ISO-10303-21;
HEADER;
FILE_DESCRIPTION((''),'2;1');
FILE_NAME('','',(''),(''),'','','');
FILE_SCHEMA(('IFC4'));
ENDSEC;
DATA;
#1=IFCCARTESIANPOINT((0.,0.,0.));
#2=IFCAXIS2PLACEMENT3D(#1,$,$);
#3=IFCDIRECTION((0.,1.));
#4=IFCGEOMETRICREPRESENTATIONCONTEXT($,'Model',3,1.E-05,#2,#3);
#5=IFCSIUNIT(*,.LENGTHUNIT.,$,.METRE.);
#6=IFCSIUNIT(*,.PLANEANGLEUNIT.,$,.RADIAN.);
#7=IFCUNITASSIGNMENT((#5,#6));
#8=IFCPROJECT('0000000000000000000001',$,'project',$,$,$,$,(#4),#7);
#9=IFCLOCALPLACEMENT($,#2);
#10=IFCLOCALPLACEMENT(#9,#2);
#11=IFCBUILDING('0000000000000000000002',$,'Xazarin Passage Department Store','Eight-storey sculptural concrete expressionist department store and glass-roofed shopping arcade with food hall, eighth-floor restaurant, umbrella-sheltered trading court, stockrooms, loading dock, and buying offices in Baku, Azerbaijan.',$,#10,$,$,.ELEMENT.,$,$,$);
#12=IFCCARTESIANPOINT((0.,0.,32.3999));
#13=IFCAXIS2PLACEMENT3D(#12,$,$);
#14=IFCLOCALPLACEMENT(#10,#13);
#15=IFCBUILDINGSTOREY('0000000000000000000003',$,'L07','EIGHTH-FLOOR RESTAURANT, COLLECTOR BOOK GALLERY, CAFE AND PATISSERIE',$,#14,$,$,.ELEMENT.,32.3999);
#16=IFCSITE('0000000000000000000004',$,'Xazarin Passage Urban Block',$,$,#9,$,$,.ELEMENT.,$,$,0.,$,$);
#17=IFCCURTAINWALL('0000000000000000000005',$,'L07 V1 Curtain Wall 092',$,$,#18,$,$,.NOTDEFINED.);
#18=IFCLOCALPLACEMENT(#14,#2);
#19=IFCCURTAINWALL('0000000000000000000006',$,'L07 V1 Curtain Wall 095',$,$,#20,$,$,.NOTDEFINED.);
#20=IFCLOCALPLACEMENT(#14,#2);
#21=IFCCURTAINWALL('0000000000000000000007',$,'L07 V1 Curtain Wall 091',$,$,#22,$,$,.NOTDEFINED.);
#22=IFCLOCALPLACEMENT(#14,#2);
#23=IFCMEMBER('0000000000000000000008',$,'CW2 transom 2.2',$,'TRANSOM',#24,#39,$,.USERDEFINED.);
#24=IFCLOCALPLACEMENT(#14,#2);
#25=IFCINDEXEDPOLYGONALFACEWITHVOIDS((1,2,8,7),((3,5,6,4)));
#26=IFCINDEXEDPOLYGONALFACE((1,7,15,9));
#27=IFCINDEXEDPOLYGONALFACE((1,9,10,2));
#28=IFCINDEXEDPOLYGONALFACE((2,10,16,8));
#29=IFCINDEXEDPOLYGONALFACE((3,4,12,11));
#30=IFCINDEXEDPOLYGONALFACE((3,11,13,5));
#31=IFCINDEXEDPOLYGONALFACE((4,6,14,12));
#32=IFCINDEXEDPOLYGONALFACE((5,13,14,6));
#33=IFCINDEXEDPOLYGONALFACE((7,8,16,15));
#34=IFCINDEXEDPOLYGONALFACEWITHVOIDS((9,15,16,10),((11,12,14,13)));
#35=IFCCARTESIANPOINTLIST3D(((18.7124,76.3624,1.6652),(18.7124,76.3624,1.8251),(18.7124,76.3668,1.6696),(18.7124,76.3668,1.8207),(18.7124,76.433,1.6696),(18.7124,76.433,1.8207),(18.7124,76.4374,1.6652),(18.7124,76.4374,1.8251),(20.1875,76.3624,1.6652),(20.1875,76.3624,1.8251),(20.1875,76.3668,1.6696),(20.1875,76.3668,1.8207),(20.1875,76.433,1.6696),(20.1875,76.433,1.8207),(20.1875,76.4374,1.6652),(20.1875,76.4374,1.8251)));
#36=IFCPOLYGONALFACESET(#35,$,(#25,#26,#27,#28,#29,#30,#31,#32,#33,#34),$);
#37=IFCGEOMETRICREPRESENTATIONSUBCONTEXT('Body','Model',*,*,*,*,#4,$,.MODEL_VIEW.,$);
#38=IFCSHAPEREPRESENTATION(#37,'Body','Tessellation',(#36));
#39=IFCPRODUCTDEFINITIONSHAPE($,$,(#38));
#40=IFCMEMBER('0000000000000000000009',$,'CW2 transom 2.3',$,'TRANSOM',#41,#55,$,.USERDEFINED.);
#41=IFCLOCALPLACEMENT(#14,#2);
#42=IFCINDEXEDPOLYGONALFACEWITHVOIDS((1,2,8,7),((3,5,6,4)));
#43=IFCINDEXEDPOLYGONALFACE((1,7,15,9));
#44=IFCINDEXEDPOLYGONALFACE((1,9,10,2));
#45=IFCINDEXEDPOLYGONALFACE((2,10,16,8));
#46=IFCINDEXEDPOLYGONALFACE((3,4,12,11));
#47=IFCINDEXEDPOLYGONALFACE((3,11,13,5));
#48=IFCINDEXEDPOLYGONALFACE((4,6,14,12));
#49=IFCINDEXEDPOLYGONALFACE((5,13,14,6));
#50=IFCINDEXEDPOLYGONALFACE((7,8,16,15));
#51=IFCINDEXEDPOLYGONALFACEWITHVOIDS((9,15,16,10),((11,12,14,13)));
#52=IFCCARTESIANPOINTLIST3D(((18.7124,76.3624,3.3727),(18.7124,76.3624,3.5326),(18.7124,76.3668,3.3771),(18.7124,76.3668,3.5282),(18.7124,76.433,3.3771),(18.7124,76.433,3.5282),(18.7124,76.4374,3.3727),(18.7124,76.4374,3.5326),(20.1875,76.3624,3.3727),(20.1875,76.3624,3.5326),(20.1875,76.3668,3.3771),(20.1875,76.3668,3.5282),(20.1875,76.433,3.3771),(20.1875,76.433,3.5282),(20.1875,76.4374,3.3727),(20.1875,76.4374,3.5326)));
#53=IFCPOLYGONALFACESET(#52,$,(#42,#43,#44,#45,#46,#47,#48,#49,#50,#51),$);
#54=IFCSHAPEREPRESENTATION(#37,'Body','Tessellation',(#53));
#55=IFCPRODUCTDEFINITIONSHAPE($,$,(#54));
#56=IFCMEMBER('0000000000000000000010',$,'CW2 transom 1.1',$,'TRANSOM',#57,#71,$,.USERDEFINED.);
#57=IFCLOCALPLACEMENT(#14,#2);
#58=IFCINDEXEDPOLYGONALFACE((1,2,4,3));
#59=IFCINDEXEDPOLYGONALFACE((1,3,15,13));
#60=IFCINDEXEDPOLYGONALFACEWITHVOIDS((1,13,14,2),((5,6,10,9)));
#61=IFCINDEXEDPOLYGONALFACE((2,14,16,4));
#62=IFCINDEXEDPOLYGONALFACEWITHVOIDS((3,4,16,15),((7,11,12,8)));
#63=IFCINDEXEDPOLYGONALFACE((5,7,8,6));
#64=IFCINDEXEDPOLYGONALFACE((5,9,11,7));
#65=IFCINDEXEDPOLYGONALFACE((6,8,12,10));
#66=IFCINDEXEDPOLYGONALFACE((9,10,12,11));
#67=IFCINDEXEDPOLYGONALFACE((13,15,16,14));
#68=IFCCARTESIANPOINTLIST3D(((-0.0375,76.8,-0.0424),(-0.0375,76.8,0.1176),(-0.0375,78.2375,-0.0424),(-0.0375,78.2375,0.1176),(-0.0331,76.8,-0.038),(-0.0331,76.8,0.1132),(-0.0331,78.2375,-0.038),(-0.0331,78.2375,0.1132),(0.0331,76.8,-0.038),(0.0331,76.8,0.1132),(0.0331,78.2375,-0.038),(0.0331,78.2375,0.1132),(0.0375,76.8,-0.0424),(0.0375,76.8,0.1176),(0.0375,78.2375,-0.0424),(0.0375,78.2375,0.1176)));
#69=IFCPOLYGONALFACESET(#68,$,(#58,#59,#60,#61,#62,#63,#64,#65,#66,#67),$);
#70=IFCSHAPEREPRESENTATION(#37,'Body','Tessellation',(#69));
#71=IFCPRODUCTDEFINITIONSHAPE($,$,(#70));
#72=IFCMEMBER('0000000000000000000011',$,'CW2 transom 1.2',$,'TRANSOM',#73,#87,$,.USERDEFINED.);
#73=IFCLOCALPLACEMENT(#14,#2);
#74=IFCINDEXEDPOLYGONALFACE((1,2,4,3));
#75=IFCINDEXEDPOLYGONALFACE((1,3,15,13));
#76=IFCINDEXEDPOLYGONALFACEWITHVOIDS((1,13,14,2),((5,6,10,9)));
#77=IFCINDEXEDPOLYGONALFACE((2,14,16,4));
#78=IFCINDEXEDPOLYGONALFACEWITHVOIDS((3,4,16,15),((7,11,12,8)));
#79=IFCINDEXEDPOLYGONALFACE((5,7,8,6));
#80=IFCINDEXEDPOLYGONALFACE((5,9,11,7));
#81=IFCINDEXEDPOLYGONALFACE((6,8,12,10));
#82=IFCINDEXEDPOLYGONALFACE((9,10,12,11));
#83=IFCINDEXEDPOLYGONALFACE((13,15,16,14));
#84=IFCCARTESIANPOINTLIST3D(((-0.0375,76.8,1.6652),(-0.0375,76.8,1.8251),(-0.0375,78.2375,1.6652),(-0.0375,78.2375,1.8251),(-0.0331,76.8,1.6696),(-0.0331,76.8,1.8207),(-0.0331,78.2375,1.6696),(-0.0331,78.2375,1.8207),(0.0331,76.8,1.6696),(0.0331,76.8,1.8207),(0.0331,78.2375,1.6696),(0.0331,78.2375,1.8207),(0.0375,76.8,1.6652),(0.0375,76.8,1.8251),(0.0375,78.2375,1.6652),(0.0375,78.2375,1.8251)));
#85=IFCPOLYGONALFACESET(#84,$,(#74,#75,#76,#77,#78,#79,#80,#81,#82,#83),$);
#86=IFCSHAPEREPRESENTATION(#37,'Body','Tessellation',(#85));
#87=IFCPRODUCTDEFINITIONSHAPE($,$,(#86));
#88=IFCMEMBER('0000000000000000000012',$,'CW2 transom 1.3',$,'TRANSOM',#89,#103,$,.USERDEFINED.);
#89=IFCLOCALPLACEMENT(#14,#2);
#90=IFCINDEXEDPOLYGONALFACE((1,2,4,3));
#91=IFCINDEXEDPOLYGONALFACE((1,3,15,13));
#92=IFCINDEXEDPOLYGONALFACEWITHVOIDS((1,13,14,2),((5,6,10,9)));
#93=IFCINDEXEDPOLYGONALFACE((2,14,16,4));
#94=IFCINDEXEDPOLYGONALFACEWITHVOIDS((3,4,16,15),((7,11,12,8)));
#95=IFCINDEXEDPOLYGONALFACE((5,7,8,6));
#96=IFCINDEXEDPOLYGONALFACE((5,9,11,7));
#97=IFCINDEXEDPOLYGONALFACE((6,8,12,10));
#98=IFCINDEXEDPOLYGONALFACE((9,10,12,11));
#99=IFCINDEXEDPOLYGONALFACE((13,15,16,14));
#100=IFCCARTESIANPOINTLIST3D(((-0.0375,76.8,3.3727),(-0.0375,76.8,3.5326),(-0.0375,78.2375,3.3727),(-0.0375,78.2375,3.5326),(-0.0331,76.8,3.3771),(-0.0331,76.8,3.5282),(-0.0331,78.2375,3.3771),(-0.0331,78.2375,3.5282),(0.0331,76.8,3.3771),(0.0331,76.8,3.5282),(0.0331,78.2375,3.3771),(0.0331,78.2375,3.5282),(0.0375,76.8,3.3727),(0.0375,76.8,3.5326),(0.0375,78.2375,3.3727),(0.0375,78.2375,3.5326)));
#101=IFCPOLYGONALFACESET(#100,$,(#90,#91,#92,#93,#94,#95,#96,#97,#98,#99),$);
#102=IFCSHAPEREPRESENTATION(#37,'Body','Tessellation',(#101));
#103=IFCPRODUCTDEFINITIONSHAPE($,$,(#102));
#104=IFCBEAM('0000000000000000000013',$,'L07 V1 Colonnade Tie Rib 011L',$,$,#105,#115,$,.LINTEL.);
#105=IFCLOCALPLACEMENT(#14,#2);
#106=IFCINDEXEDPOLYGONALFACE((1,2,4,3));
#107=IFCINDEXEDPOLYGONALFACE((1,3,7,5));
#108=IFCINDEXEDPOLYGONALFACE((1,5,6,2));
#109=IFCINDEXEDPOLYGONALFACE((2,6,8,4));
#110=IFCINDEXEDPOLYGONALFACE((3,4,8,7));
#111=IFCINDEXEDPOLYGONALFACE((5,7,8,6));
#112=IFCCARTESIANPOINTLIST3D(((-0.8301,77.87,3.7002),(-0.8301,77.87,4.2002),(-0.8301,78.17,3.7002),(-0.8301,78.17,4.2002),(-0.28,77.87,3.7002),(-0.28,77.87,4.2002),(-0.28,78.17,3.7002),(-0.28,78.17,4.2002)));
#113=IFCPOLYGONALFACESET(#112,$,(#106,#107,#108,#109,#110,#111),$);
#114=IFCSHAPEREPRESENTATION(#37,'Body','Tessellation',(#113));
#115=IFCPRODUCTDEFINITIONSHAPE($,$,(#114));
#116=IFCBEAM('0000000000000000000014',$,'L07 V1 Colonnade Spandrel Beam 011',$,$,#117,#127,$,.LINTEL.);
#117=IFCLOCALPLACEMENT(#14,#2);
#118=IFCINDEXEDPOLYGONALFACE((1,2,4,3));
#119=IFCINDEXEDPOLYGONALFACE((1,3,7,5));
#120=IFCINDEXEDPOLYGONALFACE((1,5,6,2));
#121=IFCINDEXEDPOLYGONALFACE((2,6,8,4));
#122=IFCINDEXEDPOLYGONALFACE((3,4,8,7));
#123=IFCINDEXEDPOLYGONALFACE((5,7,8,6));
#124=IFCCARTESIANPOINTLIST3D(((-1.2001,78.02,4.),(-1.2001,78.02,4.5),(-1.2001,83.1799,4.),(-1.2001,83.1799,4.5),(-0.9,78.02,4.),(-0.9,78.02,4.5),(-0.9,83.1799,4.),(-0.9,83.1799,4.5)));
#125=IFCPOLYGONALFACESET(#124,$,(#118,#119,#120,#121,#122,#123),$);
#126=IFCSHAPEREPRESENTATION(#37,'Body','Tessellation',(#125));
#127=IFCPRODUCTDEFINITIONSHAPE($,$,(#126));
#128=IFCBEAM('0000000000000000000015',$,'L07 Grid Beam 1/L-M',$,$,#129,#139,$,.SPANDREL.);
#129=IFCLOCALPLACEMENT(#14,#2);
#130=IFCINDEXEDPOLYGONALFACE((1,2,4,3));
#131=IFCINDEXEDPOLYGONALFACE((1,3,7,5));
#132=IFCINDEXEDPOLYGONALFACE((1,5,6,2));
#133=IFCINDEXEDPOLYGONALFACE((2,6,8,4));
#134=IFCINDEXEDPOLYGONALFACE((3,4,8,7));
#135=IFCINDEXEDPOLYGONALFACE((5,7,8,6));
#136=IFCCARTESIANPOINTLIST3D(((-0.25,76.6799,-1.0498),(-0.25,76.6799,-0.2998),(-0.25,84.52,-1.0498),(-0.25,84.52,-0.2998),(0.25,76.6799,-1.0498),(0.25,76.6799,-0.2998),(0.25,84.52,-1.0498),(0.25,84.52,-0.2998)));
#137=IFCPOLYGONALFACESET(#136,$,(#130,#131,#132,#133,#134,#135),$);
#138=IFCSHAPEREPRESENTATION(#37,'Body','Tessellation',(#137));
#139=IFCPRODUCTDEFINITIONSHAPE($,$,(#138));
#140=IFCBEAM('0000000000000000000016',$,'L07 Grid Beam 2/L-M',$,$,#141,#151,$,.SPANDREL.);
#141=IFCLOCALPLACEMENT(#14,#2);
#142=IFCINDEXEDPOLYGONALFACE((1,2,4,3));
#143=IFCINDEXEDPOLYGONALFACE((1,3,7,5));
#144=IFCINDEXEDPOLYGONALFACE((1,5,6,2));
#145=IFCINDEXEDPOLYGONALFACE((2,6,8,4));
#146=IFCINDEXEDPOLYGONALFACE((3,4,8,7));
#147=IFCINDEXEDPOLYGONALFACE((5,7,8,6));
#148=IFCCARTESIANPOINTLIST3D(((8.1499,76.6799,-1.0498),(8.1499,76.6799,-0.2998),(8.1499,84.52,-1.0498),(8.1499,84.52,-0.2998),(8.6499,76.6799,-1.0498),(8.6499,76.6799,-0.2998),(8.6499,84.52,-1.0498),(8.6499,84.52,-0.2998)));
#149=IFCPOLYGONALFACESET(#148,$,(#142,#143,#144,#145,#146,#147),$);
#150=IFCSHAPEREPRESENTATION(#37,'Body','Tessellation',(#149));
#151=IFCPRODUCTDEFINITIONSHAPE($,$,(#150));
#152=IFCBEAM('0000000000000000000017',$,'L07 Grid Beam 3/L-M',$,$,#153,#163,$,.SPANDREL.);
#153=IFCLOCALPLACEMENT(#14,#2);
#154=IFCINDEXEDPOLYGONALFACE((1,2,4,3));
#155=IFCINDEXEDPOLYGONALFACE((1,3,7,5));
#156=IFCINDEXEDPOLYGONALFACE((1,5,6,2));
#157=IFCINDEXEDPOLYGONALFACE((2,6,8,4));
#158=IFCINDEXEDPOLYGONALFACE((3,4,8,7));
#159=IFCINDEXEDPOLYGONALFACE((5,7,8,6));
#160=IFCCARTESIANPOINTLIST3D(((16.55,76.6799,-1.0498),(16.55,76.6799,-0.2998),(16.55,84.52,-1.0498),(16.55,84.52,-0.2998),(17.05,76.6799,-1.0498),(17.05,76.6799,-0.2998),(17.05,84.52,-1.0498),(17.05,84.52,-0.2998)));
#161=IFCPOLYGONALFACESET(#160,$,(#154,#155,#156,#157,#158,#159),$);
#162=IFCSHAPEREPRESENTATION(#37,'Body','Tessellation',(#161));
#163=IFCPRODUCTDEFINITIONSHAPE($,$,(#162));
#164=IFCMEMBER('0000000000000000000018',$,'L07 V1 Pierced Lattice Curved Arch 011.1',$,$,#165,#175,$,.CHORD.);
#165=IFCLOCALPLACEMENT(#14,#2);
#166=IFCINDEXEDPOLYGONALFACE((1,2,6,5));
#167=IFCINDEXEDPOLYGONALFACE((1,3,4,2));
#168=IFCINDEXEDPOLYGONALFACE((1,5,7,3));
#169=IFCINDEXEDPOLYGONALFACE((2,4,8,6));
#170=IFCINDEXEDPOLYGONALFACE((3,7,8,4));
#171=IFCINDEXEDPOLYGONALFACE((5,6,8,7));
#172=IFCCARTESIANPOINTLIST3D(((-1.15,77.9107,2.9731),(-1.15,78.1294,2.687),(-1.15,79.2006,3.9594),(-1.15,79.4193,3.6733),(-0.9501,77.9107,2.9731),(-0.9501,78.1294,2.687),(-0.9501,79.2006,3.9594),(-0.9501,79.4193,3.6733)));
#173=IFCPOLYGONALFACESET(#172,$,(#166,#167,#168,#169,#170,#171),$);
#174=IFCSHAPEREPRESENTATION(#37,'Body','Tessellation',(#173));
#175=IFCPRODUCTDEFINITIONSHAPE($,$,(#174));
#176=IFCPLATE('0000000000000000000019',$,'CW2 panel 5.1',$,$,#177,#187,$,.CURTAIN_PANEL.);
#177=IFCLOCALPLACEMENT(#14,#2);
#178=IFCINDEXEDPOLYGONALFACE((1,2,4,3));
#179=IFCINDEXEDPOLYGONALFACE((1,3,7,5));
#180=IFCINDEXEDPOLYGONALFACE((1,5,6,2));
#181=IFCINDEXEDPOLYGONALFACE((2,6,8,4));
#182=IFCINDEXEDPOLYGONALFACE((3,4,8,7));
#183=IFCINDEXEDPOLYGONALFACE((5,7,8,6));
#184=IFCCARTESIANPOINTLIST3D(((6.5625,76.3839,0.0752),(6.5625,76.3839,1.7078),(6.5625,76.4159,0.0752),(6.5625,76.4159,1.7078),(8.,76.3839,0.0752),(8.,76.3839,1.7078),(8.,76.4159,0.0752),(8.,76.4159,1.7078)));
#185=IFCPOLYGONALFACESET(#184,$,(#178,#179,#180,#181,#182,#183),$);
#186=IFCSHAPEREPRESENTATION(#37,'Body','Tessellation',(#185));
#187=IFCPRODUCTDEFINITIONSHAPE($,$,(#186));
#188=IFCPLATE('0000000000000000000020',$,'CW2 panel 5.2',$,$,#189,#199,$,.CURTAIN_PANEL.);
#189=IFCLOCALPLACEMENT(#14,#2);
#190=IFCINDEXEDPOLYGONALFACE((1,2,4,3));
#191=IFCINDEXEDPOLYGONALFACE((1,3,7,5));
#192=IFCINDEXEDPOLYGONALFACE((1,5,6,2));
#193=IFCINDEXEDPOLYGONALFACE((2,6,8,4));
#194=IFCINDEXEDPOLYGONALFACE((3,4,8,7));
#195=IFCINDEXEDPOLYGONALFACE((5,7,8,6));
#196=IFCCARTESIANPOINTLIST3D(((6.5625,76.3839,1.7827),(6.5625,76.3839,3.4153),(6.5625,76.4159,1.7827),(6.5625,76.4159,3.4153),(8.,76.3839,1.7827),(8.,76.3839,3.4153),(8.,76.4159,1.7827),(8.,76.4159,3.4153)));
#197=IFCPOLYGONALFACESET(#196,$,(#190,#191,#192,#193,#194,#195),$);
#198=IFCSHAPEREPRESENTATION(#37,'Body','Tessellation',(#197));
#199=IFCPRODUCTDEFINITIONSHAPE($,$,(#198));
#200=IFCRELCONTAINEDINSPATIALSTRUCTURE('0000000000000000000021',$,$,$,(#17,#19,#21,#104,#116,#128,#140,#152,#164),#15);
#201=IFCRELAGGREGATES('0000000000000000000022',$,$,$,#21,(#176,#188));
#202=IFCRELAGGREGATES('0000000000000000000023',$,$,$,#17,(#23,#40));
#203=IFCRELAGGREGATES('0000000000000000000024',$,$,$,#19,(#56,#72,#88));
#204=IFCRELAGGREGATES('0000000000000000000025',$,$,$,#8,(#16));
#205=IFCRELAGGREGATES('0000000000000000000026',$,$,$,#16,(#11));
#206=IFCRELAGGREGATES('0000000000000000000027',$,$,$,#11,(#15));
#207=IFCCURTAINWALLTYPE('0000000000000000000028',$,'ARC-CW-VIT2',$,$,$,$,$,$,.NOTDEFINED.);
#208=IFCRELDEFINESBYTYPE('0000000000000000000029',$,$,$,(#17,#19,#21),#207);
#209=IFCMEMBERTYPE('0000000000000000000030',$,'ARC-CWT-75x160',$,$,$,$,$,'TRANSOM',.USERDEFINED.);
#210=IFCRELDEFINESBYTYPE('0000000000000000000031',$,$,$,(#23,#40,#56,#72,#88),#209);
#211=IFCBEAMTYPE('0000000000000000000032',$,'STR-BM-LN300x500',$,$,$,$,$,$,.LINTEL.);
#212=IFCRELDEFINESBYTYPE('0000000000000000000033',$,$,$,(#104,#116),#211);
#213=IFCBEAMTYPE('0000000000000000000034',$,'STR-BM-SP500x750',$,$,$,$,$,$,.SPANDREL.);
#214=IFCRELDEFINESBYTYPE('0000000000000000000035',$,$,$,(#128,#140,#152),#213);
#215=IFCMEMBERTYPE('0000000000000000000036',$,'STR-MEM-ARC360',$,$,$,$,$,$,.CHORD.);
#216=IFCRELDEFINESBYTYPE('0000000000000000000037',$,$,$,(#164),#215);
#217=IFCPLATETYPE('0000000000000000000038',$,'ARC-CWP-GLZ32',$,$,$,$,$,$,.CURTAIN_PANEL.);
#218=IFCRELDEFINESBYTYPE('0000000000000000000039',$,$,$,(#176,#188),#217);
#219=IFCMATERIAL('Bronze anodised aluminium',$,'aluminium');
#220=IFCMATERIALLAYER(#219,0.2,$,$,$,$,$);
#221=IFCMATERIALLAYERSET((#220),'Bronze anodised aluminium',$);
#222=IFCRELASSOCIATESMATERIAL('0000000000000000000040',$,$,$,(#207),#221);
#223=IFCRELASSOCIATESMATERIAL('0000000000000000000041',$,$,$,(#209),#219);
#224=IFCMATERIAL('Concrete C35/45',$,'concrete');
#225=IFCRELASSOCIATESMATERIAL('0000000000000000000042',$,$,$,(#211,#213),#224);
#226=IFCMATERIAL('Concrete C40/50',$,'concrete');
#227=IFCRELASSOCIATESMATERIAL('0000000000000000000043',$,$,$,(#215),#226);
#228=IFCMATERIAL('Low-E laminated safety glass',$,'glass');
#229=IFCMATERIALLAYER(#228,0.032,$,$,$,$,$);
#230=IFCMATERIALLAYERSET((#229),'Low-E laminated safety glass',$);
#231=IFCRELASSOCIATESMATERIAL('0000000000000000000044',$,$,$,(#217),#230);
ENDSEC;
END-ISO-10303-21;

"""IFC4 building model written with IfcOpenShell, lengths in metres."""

from ifc_helpers import new_model, si_unit, direction, frame, origin, origin_2d, place, context, subcontext, project, spatial, rectangle, hollow_rectangle, extrude, material, layer, layer_set, material_profile, profile_set, type_object, element, aggregate, save


model = new_model("IFC4")

# Units and contexts
model_context = context("Model", 3, precision=1e-05, world=origin(), true_north=direction((0.0, 1.0)))
body_context = subcontext(model_context, "Body", "Model", "MODEL_VIEW")
ifc_project = project(units=[si_unit("LENGTHUNIT", "METRE"), si_unit("PLANEANGLEUNIT", "RADIAN")], contexts=[model_context])

# Site, building, storey
site_placement = place(None, origin())
site = spatial("IfcSite", under=ifc_project, at=site_placement, Name="Xazarin Passage Urban Block", CompositionType="ELEMENT", RefElevation=0.0)
building_placement = place(site_placement, origin())
building = spatial("IfcBuilding", under=site, at=building_placement, Name="Xazarin Passage Department Store", Description="Eight-storey sculptural concrete expressionist department store and glass-roofed shopping arcade with food hall, eighth-floor restaurant, umbrella-sheltered trading court, stockrooms, loading dock, and buying offices in Baku, Azerbaijan.", CompositionType="ELEMENT")
storey_placement = place(building_placement, frame((0.0, 0.0, 32.3999)))
storey = spatial("IfcBuildingStorey", under=building, at=storey_placement, Name="L07", Description="EIGHTH-FLOOR RESTAURANT, COLLECTOR BOOK GALLERY, CAFE AND PATISSERIE", CompositionType="ELEMENT", Elevation=32.3999)

# Shared definitions
ifc_material_1 = material(Name="Concrete C40/50", Category="concrete")

# Curtain walls
ifc_material_2 = material(Name="Bronze anodised aluminium", Category="aluminium")
ifc_layer_1 = layer(ifc_material_2, 0.2)
ifc_layer_set_1 = layer_set([ifc_layer_1], Name="Bronze anodised aluminium")
curtain_wall_type = type_object("IfcCurtainWallType", Name="ARC-CW-VIT2", PredefinedType="NOTDEFINED", material=ifc_layer_set_1)
curtain_wall_1_placement = place(storey_placement, origin())
curtain_wall_1 = element("IfcCurtainWall", 1, at=curtain_wall_1_placement, inside=storey, type_object=curtain_wall_type, Name="L07 V1 Curtain Wall 092", PredefinedType="NOTDEFINED")
curtain_wall_2_placement = place(storey_placement, origin())
curtain_wall_2 = element("IfcCurtainWall", 2, at=curtain_wall_2_placement, inside=storey, type_object=curtain_wall_type, Name="L07 V1 Curtain Wall 095", PredefinedType="NOTDEFINED")
curtain_wall_3_placement = place(storey_placement, origin())
curtain_wall_3 = element("IfcCurtainWall", 3, at=curtain_wall_3_placement, inside=storey, type_object=curtain_wall_type, Name="L07 V1 Curtain Wall 091", PredefinedType="NOTDEFINED")
ifc_material_profile_1 = material_profile(ifc_material_2, hollow_rectangle(XDim=0.075, YDim=0.1599, WallThickness=0.0044, at=origin_2d()), Name="ALU 75x160")
ifc_profile_set_1 = profile_set([ifc_material_profile_1], Name="Bronze anodised aluminium")
member_type_1 = type_object("IfcMemberType", Name="ARC-CWT-75x160", ElementType="TRANSOM", PredefinedType="USERDEFINED", material=ifc_profile_set_1)

# Members
member_1_placement = place(storey_placement, frame((18.7124, 76.3999, 1.7451), z_axis=(1.0, 0.0, 0.0), x_axis=(0.0, 1.0, 0.0)))
member_1 = element("IfcMember", 4, at=member_1_placement, type_object=member_type_1, Name="CW2 transom 2.2", ObjectType="TRANSOM", PredefinedType="USERDEFINED", context=body_context, shape_type="SweptSolid", body=[
    extrude(hollow_rectangle(XDim=0.075, YDim=0.1599, WallThickness=0.0044, at=origin_2d()), origin(), (0.0, 0.0, 1.0), 1.4751),
])
member_2_placement = place(storey_placement, frame((18.7124, 76.3999, 3.4526), z_axis=(1.0, 0.0, 0.0), x_axis=(0.0, 1.0, 0.0)))
member_2 = element("IfcMember", 5, at=member_2_placement, type_object=member_type_1, Name="CW2 transom 2.3", ObjectType="TRANSOM", PredefinedType="USERDEFINED", context=body_context, shape_type="SweptSolid", body=[
    extrude(hollow_rectangle(XDim=0.075, YDim=0.1599, WallThickness=0.0044, at=origin_2d()), origin(), (0.0, 0.0, 1.0), 1.4751),
])
member_3_placement = place(storey_placement, frame((0.0, 76.8, 0.0376), z_axis=(0.0, 1.0, 0.0), x_axis=(-1.0, 0.0, 0.0)))
member_3 = element("IfcMember", 6, at=member_3_placement, type_object=member_type_1, Name="CW2 transom 1.1", ObjectType="TRANSOM", PredefinedType="USERDEFINED", context=body_context, shape_type="SweptSolid", body=[
    extrude(hollow_rectangle(XDim=0.075, YDim=0.1599, WallThickness=0.0044, at=origin_2d()), origin(), (0.0, 0.0, 1.0), 1.4375),
])
member_4_placement = place(storey_placement, frame((0.0, 76.8, 1.7451), z_axis=(0.0, 1.0, 0.0), x_axis=(-1.0, 0.0, 0.0)))
member_4 = element("IfcMember", 7, at=member_4_placement, type_object=member_type_1, Name="CW2 transom 1.2", ObjectType="TRANSOM", PredefinedType="USERDEFINED", context=body_context, shape_type="SweptSolid", body=[
    extrude(hollow_rectangle(XDim=0.075, YDim=0.1599, WallThickness=0.0044, at=origin_2d()), origin(), (0.0, 0.0, 1.0), 1.4375),
])
member_5_placement = place(storey_placement, frame((0.0, 76.8, 3.4526), z_axis=(0.0, 1.0, 0.0), x_axis=(-1.0, 0.0, 0.0)))
member_5 = element("IfcMember", 8, at=member_5_placement, type_object=member_type_1, Name="CW2 transom 1.3", ObjectType="TRANSOM", PredefinedType="USERDEFINED", context=body_context, shape_type="SweptSolid", body=[
    extrude(hollow_rectangle(XDim=0.075, YDim=0.1599, WallThickness=0.0044, at=origin_2d()), origin(), (0.0, 0.0, 1.0), 1.4375),
])

# Beams
ifc_material_3 = material(Name="Concrete C35/45", Category="concrete")
ifc_material_profile_2 = material_profile(ifc_material_3, rectangle(XDim=0.3, YDim=0.5, at=origin_2d()), Name="RC 300x500")
ifc_profile_set_2 = profile_set([ifc_material_profile_2], Name="Concrete C35/45")
beam_type_1 = type_object("IfcBeamType", Name="STR-BM-LN300x500", PredefinedType="LINTEL", material=ifc_profile_set_2)
beam_1_placement = place(storey_placement, frame((-0.28, 78.02, 3.9502), z_axis=(-1.0, 0.0, 0.0), x_axis=(0.0, -1.0, 0.0)))
element("IfcBeam", 9, at=beam_1_placement, inside=storey, type_object=beam_type_1, Name="L07 V1 Colonnade Tie Rib 011L", PredefinedType="LINTEL", context=body_context, shape_type="SweptSolid", body=[
    extrude(rectangle(XDim=0.3, YDim=0.5, at=origin_2d()), origin(), (0.0, 0.0, 1.0), 0.55),
])
beam_2_placement = place(storey_placement, frame((-1.05, 78.02, 4.25), z_axis=(0.0, 1.0, 0.0), x_axis=(-1.0, 0.0, 0.0)))
element("IfcBeam", 10, at=beam_2_placement, inside=storey, type_object=beam_type_1, Name="L07 V1 Colonnade Spandrel Beam 011", PredefinedType="LINTEL", context=body_context, shape_type="SweptSolid", body=[
    extrude(rectangle(XDim=0.3, YDim=0.5, at=origin_2d()), origin(), (0.0, 0.0, 1.0), 5.1599),
])
ifc_material_profile_3 = material_profile(ifc_material_3, rectangle(XDim=0.5, YDim=0.75, at=origin_2d()), Name="RC 500x750")
ifc_profile_set_3 = profile_set([ifc_material_profile_3], Name="Concrete C35/45")
beam_type_2 = type_object("IfcBeamType", Name="STR-BM-SP500x750", PredefinedType="SPANDREL", material=ifc_profile_set_3)
for number, where, z_axis, x_axis, name in (
    (11, (0.0, 76.6799, -0.6748), (0.0, 1.0, 0.0), (-1.0, 0.0, 0.0), "L07 Grid Beam 1/L-M"),
    (12, (8.3999, 76.6799, -0.6748), (0.0, 1.0, 0.0), (-1.0, 0.0, 0.0), "L07 Grid Beam 2/L-M"),
    (13, (16.8, 76.6799, -0.6748), (0.0, 1.0, 0.0), (-1.0, 0.0, 0.0), "L07 Grid Beam 3/L-M"),
):
    element("IfcBeam", number, at=place(storey_placement, frame(where, z_axis=z_axis, x_axis=x_axis)), inside=storey, type_object=beam_type_2, Name=name, PredefinedType="SPANDREL", context=body_context, shape_type="SweptSolid", body=[
        extrude(rectangle(XDim=0.5, YDim=0.75, at=origin_2d()), origin(), (0.0, 0.0, 1.0), 7.8401),
    ])

# Member
ifc_material_profile_4 = material_profile(ifc_material_1, rectangle(XDim=0.2, YDim=0.3601, at=origin_2d()), Name="RC 200x360")
ifc_profile_set_4 = profile_set([ifc_material_profile_4], Name="Concrete C40/50")
member_type_2 = type_object("IfcMemberType", Name="STR-MEM-ARC360", PredefinedType="CHORD", material=ifc_profile_set_4)
member_6_placement = place(storey_placement, frame((-1.05, 78.02, 2.8301), z_axis=(0.0, 0.794409, 0.607383), x_axis=(-1.0, 0.0, 0.0)))
element("IfcMember", 14, at=member_6_placement, inside=storey, type_object=member_type_2, Name="L07 V1 Pierced Lattice Curved Arch 011.1", PredefinedType="CHORD", context=body_context, shape_type="SweptSolid", body=[
    extrude(rectangle(XDim=0.2, YDim=0.3601, at=origin_2d()), origin(), (0.0, 0.0, 1.0), 1.6238),
])

# Plates
ifc_material_4 = material(Name="Low-E laminated safety glass", Category="glass")
ifc_layer_2 = layer(ifc_material_4, 0.032)
ifc_layer_set_2 = layer_set([ifc_layer_2], Name="Low-E laminated safety glass")
plate_type = type_object("IfcPlateType", Name="ARC-CWP-GLZ32", PredefinedType="CURTAIN_PANEL", material=ifc_layer_set_2)
plate_1_placement = place(storey_placement, frame((7.2812, 76.3999, 0.0752), z_axis=(0.0, 0.0, 1.0), x_axis=(1.0, 0.0, 0.0)))
plate_1 = element("IfcPlate", 15, at=plate_1_placement, type_object=plate_type, Name="CW2 panel 5.1", PredefinedType="CURTAIN_PANEL", context=body_context, shape_type="SweptSolid", body=[
    extrude(rectangle(XDim=1.4375, YDim=0.032, at=origin_2d()), origin(), (0.0, 0.0, 1.0), 1.6326),
])
plate_2_placement = place(storey_placement, frame((7.2812, 76.3999, 1.7827), z_axis=(0.0, 0.0, 1.0), x_axis=(1.0, 0.0, 0.0)))
plate_2 = element("IfcPlate", 16, at=plate_2_placement, type_object=plate_type, Name="CW2 panel 5.2", PredefinedType="CURTAIN_PANEL", context=body_context, shape_type="SweptSolid", body=[
    extrude(rectangle(XDim=1.4375, YDim=0.032, at=origin_2d()), origin(), (0.0, 0.0, 1.0), 1.6326),
])
aggregate(curtain_wall_3, [plate_1, plate_2])
aggregate(curtain_wall_1, [member_1, member_2])
aggregate(curtain_wall_2, [member_3, member_4, member_5])

save(model, "model.ifc")
